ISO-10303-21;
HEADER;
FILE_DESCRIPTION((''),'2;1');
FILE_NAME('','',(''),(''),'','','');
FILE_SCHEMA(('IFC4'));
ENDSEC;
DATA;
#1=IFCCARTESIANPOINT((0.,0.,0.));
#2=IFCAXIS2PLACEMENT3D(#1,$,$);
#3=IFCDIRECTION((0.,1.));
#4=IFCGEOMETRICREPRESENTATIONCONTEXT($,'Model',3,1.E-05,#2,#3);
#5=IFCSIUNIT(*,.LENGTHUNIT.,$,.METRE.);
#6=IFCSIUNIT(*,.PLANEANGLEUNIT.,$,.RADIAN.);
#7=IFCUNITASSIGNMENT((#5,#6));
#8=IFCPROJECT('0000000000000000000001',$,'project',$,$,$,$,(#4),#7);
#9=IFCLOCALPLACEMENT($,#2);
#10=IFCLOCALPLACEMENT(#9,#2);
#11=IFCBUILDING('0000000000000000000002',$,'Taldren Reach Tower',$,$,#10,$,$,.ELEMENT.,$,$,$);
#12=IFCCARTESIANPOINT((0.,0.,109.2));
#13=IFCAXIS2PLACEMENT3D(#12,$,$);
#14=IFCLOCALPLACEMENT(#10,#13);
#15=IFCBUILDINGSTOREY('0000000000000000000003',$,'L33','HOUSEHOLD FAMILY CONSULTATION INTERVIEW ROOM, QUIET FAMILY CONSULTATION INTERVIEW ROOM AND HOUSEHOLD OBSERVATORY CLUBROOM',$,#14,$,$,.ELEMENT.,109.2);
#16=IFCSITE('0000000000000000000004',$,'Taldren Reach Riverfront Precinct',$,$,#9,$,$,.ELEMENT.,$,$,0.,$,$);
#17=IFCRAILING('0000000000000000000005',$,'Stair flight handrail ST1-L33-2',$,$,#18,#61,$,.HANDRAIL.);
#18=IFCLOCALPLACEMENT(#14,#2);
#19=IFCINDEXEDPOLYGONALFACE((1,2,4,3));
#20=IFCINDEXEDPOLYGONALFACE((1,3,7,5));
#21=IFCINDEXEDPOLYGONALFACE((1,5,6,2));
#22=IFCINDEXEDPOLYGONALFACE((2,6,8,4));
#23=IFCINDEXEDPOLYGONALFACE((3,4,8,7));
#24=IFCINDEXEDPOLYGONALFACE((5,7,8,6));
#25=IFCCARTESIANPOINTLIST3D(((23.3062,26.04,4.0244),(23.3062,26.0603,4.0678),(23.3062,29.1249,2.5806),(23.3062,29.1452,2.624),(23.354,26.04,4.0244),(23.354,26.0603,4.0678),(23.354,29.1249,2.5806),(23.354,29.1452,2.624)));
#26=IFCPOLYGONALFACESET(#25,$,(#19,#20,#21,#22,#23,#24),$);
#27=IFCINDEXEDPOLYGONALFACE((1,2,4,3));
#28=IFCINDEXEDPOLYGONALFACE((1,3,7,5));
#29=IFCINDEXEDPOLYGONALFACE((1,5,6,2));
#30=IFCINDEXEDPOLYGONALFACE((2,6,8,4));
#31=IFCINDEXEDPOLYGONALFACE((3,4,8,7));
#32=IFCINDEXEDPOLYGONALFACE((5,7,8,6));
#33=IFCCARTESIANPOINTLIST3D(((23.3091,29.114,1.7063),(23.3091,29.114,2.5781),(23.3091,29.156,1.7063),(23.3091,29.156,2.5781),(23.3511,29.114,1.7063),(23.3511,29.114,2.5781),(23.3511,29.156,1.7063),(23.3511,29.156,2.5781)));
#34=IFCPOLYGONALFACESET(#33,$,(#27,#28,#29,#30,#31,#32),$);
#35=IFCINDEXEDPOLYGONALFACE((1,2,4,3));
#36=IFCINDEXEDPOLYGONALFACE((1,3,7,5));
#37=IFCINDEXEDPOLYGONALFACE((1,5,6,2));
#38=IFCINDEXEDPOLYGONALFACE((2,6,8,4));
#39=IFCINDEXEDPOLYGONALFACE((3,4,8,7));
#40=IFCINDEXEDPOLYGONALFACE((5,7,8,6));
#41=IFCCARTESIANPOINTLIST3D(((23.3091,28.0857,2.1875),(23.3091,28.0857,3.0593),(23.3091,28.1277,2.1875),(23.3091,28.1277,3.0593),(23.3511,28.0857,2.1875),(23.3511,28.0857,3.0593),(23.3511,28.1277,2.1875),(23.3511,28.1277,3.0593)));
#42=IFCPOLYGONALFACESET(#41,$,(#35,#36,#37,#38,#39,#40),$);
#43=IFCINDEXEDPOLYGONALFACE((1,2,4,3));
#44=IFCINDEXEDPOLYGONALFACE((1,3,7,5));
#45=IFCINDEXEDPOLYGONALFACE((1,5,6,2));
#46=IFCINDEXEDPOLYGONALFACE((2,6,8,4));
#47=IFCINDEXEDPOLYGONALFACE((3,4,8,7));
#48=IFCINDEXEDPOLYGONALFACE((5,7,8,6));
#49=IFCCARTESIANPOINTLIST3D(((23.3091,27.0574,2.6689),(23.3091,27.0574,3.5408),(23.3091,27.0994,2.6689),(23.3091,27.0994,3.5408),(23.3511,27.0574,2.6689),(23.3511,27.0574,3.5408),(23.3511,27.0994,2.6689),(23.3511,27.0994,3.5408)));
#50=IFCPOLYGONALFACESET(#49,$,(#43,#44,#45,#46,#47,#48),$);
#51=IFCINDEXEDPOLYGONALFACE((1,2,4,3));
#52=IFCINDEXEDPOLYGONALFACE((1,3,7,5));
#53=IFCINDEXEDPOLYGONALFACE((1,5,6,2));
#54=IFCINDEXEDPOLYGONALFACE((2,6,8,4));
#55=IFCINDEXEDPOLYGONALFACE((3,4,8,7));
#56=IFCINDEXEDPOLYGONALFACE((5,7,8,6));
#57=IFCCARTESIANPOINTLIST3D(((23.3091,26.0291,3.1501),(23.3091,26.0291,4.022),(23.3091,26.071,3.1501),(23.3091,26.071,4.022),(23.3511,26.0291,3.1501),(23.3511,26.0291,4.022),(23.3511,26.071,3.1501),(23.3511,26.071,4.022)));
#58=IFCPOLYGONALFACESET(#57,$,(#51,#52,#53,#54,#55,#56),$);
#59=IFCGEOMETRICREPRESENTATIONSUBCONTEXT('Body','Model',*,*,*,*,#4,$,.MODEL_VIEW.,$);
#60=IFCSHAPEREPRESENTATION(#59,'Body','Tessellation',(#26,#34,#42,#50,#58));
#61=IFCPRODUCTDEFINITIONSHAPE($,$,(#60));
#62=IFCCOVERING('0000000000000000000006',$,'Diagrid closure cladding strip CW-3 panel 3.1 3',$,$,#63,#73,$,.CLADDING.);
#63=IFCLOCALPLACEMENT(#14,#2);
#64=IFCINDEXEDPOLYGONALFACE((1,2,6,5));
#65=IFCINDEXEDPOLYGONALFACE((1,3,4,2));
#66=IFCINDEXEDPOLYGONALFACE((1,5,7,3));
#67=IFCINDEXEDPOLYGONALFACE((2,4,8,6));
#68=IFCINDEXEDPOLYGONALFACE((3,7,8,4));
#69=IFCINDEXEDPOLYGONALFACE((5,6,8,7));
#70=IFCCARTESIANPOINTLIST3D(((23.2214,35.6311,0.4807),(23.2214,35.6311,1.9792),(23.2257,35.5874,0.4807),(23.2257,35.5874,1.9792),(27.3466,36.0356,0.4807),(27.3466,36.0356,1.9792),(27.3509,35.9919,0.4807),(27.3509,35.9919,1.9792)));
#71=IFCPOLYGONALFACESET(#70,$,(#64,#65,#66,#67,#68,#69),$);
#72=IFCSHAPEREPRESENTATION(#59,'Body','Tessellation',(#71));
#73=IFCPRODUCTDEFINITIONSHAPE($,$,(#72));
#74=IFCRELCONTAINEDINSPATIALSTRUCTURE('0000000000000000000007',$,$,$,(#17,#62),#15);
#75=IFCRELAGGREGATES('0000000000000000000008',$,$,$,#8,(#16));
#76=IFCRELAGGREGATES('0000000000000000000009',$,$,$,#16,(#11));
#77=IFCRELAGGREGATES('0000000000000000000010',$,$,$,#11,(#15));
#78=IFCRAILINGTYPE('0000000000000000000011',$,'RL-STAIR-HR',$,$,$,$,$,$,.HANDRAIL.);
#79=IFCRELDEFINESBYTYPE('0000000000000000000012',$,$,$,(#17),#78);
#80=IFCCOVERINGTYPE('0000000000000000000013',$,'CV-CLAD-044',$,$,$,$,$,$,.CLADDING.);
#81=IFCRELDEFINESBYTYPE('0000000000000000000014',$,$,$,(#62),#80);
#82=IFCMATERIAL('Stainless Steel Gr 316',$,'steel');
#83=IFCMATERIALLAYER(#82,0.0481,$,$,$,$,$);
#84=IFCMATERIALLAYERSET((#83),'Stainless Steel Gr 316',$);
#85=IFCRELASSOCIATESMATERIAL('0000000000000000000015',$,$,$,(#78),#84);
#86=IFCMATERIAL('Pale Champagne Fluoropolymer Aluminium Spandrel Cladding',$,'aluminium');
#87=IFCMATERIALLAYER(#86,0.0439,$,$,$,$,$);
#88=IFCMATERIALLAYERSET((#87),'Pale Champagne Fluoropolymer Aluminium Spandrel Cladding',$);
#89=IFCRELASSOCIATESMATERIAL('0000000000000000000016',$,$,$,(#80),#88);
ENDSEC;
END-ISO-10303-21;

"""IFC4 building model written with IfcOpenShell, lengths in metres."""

from ifc_helpers import new_model, si_unit, direction, frame, origin, origin_2d, place, context, subcontext, project, spatial, rectangle, extrude, source, transform, mapped, material, layer, layer_set, type_object, element, save


model = new_model("IFC4")

# Units and contexts
model_context = context("Model", 3, precision=1e-05, world=origin(), true_north=direction((0.0, 1.0)))
body_context = subcontext(model_context, "Body", "Model", "MODEL_VIEW")
ifc_project = project(units=[si_unit("LENGTHUNIT", "METRE"), si_unit("PLANEANGLEUNIT", "RADIAN")], contexts=[model_context])

# Site, building, storey
site_placement = place(None, origin())
site = spatial("IfcSite", under=ifc_project, at=site_placement, Name="Taldren Reach Riverfront Precinct", CompositionType="ELEMENT", RefElevation=0.0)
building_placement = place(site_placement, origin())
building = spatial("IfcBuilding", under=site, at=building_placement, Name="Taldren Reach Tower", CompositionType="ELEMENT")
storey_placement = place(building_placement, frame((0.0, 0.0, 109.2)))
storey = spatial("IfcBuildingStorey", under=building, at=storey_placement, Name="L33", Description="HOUSEHOLD FAMILY CONSULTATION INTERVIEW ROOM, QUIET FAMILY CONSULTATION INTERVIEW ROOM AND HOUSEHOLD OBSERVATORY CLUBROOM", CompositionType="ELEMENT", Elevation=109.2)

# Railing
ifc_material_1 = material(Name="Stainless Steel Gr 316", Category="steel")
ifc_layer_1 = layer(ifc_material_1, 0.0481)
ifc_layer_set_1 = layer_set([ifc_layer_1], Name="Stainless Steel Gr 316")
railing_type = type_object("IfcRailingType", Name="RL-STAIR-HR", PredefinedType="HANDRAIL", material=ifc_layer_set_1)
railing_placement = place(storey_placement, frame((23.3301, 29.135, 1.7063)))
element("IfcRailing", 1, at=railing_placement, inside=storey, type_object=railing_type, Name="Stair flight handrail ST1-L33-2", PredefinedType="HANDRAIL", context=body_context, shape_type="SweptSolid", body=[
    extrude(rectangle(XDim=0.0479, YDim=0.0479, at=origin_2d()), frame((0.0, 0.0, 0.896), z_axis=(0.0, -0.90571, 0.423898), x_axis=(1.0, 0.0, 0.0)), (0.0, 0.0, 1.0), 3.406),
    extrude(rectangle(XDim=0.042, YDim=0.042, at=origin_2d()), origin(), (0.0, 0.0, 1.0), 0.8718),
    extrude(rectangle(XDim=0.042, YDim=0.042, at=origin_2d()), frame((0.0, -1.0283, 0.4812)), (0.0, 0.0, 1.0), 0.8718),
    extrude(rectangle(XDim=0.042, YDim=0.042, at=origin_2d()), frame((0.0, -2.0566, 0.9626)), (0.0, 0.0, 1.0), 0.8718),
    extrude(rectangle(XDim=0.042, YDim=0.042, at=origin_2d()), frame((0.0, -3.085, 1.4438)), (0.0, 0.0, 1.0), 0.8718),
])

# Covering
ifc_material_2 = material(Name="Pale Champagne Fluoropolymer Aluminium Spandrel Cladding", Category="aluminium")
ifc_layer_2 = layer(ifc_material_2, 0.0439)
ifc_layer_set_2 = layer_set([ifc_layer_2], Name="Pale Champagne Fluoropolymer Aluminium Spandrel Cladding")
covering_type = type_object("IfcCoveringType", Name="CV-CLAD-044", PredefinedType="CLADDING", material=ifc_layer_set_2)
shared_shape_1 = source(origin(), body_context, "Body", "SweptSolid", [
    extrude(rectangle(XDim=4.145, YDim=0.0439, at=origin_2d()), origin(), (0.0, 0.0, 1.0), 1.4985),
])
covering_placement = place(storey_placement, frame((25.2861, 35.8115, 0.4807), z_axis=(0.0, 0.0, 1.0), x_axis=(-0.995227, -0.097583, 0.0)))
element("IfcCovering", 2, at=covering_placement, inside=storey, type_object=covering_type, Name="Diagrid closure cladding strip CW-3 panel 3.1 3", PredefinedType="CLADDING", context=body_context, shape_type="MappedRepresentation", body=[
    mapped(shared_shape_1, transform((0.0, 0.0, 0.0), scale=1.0)),
])

save(model, "model.ifc")
